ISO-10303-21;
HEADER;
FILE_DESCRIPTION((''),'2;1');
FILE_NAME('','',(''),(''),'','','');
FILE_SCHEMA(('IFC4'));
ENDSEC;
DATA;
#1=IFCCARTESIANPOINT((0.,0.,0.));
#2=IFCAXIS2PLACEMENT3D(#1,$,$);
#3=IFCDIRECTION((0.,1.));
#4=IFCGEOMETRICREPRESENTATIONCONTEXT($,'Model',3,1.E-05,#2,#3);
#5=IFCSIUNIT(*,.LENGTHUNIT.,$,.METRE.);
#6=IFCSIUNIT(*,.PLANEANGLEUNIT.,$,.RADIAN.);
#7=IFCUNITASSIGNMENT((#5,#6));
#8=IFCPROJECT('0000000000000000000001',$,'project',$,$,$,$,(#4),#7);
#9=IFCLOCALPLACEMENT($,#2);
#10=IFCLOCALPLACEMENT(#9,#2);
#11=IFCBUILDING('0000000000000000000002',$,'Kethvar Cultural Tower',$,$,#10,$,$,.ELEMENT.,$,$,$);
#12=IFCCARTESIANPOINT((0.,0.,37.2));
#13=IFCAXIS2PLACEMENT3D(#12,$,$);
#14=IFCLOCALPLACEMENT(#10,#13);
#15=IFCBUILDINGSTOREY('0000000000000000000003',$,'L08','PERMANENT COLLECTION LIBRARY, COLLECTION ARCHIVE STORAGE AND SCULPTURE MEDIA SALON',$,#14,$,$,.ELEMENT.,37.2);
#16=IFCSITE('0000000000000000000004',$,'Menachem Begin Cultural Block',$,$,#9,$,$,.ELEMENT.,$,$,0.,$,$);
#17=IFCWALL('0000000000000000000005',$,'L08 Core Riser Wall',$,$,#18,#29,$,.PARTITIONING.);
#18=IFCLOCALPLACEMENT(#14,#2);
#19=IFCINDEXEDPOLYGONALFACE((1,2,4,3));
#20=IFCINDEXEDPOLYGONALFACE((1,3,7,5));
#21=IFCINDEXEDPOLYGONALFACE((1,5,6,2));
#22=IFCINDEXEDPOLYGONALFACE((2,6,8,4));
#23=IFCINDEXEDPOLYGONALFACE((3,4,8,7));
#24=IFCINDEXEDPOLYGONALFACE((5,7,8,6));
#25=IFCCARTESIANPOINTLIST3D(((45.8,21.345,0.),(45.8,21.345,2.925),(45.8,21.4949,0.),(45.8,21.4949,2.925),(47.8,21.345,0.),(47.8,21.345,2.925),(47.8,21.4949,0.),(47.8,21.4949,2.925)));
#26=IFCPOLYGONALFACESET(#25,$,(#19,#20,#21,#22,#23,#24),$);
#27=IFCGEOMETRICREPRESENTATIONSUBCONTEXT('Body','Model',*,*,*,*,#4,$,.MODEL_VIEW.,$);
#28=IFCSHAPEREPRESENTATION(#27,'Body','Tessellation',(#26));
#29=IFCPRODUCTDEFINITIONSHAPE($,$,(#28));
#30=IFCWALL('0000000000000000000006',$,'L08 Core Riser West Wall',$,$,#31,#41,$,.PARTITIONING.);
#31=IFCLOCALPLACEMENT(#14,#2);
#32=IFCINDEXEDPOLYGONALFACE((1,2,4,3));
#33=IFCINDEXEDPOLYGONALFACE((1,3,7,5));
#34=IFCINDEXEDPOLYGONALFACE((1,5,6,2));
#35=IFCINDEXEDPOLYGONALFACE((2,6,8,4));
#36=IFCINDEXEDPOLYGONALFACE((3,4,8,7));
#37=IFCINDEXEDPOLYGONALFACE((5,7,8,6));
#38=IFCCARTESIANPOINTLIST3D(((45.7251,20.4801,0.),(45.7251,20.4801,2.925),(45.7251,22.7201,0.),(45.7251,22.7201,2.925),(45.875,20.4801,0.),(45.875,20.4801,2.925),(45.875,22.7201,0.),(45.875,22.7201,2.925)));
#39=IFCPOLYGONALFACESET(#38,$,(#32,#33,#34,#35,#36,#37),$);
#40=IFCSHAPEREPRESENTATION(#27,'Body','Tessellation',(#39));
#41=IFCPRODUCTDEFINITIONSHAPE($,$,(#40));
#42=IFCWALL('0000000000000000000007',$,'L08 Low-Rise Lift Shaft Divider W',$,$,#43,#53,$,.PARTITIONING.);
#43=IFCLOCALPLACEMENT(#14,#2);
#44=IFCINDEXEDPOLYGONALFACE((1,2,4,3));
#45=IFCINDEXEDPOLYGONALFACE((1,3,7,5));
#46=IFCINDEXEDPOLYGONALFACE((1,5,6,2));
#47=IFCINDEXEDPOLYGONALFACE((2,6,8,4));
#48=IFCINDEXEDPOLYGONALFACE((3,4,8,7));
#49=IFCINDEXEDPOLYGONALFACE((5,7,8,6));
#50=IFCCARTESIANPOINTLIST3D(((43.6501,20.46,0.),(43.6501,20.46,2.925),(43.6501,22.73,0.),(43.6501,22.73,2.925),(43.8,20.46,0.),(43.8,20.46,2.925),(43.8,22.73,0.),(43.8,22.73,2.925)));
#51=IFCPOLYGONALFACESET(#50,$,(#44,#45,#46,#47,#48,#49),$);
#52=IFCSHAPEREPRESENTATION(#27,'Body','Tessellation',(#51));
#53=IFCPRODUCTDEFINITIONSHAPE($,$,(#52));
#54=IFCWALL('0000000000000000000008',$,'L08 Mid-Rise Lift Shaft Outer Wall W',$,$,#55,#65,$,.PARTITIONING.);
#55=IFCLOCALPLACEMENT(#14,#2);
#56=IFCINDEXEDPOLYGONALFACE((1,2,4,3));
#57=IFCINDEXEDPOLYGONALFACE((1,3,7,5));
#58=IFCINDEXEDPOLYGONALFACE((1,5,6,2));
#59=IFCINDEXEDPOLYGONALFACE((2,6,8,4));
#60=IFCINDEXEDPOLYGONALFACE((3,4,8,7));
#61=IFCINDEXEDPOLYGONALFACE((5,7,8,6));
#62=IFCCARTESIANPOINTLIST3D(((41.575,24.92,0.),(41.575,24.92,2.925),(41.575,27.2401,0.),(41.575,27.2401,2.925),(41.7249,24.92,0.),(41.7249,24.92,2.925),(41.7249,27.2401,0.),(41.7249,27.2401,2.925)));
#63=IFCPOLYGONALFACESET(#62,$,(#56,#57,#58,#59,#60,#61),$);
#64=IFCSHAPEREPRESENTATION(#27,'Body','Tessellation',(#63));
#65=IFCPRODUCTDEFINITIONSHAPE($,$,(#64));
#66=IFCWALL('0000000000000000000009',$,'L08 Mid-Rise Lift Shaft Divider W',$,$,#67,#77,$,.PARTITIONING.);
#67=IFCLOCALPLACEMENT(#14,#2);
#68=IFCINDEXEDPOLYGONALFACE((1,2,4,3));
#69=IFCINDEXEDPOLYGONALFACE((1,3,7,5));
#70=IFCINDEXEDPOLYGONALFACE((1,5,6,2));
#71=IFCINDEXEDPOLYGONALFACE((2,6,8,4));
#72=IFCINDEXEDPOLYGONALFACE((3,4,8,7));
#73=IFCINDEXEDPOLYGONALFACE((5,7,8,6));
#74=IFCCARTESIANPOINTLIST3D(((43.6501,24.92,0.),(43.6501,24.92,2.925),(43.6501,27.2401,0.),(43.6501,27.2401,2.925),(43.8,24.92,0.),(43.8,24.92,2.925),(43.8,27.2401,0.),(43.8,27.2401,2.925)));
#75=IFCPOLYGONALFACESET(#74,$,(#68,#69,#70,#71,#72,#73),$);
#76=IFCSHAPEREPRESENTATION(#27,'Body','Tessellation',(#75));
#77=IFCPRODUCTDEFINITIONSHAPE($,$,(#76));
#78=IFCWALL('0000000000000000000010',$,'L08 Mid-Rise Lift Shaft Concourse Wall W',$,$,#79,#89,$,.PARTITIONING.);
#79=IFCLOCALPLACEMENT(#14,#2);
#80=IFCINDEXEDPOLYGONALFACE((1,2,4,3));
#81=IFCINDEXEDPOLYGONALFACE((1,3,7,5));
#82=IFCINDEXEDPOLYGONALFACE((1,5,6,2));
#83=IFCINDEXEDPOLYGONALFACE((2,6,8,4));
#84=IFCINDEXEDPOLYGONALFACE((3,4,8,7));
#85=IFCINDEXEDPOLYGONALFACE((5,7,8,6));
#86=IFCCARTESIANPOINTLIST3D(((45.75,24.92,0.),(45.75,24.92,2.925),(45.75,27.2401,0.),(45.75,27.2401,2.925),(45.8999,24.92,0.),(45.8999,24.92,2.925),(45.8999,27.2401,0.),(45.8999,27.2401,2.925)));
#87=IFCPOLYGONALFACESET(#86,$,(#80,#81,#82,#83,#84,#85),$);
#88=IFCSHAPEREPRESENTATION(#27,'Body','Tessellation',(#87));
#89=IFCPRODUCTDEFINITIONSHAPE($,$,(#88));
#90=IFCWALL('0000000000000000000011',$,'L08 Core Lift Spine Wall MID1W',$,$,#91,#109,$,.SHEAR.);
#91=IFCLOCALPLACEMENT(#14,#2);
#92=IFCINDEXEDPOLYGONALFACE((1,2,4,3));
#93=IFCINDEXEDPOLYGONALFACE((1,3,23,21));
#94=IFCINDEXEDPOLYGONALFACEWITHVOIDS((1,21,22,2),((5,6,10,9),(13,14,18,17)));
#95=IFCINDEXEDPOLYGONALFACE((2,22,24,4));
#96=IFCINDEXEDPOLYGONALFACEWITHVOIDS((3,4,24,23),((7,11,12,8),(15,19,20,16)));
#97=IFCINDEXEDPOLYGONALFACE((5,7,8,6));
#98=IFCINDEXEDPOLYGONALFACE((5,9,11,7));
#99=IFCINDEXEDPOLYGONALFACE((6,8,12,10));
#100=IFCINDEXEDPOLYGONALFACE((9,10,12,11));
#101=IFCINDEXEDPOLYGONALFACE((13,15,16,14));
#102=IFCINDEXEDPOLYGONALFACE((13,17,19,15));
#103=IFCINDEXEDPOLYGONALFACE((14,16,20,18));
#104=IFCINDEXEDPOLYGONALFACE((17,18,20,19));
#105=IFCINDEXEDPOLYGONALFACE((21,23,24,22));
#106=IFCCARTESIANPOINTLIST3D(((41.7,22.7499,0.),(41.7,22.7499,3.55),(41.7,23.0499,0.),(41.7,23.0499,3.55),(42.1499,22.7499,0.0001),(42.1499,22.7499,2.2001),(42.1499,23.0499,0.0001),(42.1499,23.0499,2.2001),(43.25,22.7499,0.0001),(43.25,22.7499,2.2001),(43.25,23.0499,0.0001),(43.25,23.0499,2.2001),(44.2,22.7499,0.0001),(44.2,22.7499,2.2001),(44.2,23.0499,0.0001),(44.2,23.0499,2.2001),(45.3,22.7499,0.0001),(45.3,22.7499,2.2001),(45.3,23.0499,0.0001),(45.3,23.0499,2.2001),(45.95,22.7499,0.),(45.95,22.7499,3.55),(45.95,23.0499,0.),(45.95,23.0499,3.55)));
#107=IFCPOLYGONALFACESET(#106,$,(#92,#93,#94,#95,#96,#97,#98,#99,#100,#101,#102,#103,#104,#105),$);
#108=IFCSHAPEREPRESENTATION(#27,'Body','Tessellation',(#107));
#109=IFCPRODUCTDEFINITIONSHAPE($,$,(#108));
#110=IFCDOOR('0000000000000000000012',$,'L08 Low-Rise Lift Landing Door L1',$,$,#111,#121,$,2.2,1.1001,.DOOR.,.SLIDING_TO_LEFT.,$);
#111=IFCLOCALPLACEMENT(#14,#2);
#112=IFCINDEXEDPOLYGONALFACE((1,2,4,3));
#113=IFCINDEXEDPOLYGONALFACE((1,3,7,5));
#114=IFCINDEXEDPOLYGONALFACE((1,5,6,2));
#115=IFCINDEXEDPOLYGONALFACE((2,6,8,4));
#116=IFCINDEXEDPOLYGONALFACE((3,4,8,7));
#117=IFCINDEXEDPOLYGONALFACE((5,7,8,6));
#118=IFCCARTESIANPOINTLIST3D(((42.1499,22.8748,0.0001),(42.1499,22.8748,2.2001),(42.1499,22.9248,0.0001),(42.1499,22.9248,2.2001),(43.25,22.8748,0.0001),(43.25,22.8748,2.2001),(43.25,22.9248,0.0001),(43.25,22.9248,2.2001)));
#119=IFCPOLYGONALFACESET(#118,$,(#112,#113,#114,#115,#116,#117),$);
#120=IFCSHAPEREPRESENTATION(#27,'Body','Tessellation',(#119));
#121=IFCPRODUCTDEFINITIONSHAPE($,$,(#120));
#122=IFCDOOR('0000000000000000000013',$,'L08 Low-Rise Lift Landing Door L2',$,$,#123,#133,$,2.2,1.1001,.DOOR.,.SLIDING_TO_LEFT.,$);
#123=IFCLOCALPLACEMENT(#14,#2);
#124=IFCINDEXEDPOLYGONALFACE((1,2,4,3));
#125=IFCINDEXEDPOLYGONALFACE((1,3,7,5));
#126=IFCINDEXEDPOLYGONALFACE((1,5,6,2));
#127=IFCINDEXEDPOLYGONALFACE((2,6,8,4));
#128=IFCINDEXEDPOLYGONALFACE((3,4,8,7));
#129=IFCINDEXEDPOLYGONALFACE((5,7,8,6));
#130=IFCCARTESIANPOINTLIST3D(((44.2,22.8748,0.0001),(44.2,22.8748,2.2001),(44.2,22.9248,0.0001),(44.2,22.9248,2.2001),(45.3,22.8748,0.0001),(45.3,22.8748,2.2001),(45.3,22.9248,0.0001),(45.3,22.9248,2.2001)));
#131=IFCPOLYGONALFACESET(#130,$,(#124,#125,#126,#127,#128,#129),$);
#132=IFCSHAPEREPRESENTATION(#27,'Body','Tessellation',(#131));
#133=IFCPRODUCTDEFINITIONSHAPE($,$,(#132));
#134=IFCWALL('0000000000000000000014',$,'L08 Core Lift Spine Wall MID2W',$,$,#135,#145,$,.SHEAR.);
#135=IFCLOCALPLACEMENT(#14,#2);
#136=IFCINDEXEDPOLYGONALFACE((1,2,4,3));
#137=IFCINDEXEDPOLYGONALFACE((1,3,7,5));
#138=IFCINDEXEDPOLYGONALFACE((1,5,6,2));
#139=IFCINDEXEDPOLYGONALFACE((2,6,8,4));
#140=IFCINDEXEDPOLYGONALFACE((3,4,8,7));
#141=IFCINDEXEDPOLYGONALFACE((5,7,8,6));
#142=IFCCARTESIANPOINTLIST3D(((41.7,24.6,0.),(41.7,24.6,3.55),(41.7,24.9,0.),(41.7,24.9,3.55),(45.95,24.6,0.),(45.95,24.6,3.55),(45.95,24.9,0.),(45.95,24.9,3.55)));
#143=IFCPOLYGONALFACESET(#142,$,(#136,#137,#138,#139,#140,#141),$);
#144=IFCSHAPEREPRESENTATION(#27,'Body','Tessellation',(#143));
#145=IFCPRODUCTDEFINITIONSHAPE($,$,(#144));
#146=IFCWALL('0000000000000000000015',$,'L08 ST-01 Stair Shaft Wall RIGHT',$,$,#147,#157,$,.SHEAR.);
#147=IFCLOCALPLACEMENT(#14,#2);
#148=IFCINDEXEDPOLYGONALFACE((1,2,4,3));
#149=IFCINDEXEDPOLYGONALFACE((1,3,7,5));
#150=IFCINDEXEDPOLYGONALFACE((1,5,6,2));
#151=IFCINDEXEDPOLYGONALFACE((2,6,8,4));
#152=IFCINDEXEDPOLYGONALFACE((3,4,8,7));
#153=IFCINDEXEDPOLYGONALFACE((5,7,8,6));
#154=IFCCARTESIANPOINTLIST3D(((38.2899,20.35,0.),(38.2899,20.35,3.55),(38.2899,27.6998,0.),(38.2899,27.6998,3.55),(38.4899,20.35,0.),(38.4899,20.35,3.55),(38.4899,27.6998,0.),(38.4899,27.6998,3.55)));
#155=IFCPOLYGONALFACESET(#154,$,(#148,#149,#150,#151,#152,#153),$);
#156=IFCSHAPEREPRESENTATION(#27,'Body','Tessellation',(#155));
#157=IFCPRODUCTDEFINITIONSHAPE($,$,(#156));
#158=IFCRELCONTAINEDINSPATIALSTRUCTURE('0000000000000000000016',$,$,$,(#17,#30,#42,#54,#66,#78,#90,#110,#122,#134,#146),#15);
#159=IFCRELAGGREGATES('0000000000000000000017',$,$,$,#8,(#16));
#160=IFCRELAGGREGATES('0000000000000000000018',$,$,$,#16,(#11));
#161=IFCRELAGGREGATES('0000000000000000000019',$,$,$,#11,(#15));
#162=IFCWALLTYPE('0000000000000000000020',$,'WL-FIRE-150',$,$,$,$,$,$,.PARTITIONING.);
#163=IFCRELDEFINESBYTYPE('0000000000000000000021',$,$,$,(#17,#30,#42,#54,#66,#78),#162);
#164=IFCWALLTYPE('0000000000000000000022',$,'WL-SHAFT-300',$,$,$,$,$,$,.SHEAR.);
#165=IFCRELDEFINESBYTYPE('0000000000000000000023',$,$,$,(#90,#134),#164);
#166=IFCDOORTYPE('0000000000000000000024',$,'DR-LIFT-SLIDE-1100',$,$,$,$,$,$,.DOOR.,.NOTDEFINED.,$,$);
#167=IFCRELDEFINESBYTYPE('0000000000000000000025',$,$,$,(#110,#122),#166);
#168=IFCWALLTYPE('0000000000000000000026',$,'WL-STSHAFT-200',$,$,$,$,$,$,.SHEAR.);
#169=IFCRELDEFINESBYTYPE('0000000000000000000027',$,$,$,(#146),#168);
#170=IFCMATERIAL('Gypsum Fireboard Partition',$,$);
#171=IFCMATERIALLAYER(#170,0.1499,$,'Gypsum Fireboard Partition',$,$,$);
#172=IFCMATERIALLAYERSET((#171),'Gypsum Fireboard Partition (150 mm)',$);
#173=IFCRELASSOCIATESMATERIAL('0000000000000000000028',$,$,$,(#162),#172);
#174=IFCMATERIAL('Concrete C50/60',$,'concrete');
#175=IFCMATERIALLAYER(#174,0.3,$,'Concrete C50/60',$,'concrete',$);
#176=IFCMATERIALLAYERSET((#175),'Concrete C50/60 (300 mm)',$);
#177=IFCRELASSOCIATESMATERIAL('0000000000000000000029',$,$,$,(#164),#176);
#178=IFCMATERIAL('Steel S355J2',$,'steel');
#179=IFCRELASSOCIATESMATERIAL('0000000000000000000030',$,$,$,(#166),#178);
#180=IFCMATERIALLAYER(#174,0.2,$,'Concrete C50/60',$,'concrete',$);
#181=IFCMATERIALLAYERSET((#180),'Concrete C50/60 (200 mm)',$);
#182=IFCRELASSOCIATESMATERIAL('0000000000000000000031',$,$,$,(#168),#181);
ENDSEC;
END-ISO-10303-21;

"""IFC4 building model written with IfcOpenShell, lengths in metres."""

from ifc_helpers import new_model, si_unit, direction, frame, frame_2d, origin, place, context, subcontext, project, spatial, rectangle, extrude, source, transform, mapped, material, layer, layer_set, type_object, element, fill, save


model = new_model("IFC4")

# Units and contexts
model_context = context("Model", 3, precision=1e-05, world=origin(), true_north=direction((0.0, 1.0)))
body_context = subcontext(model_context, "Body", "Model", "MODEL_VIEW")
ifc_project = project(units=[si_unit("LENGTHUNIT", "METRE"), si_unit("PLANEANGLEUNIT", "RADIAN")], contexts=[model_context])

# Site, building, storey
site_placement = place(None, origin())
site = spatial("IfcSite", under=ifc_project, at=site_placement, Name="Menachem Begin Cultural Block", CompositionType="ELEMENT", RefElevation=0.0)
building_placement = place(site_placement, origin())
building = spatial("IfcBuilding", under=site, at=building_placement, Name="Kethvar Cultural Tower", CompositionType="ELEMENT")
storey_placement = place(building_placement, frame((0.0, 0.0, 37.2)))
storey = spatial("IfcBuildingStorey", under=building, at=storey_placement, Name="L08", Description="PERMANENT COLLECTION LIBRARY, COLLECTION ARCHIVE STORAGE AND SCULPTURE MEDIA SALON", CompositionType="ELEMENT", Elevation=37.2)

# Shared definitions
ifc_material_1 = material(Name="Steel S355J2", Category="steel")

# Walls
ifc_material_2 = material(Name="Gypsum Fireboard Partition")
ifc_layer_1 = layer(ifc_material_2, 0.1499, Name="Gypsum Fireboard Partition")
ifc_layer_set_1 = layer_set([ifc_layer_1], Name="Gypsum Fireboard Partition (150 mm)")
wall_type_1 = type_object("IfcWallType", Name="WL-FIRE-150", PredefinedType="PARTITIONING", material=ifc_layer_set_1)
wall_1_placement = place(storey_placement, frame((45.8, 21.4199, 0.0), z_axis=(0.0, 0.0, 1.0), x_axis=(1.0, 0.0, 0.0)))
element("IfcWall", 1, at=wall_1_placement, inside=storey, type_object=wall_type_1, Name="L08 Core Riser Wall", PredefinedType="PARTITIONING", context=body_context, shape_type="SweptSolid", body=[
    extrude(rectangle(XDim=2.0, YDim=0.1499, at=frame_2d((1.0, 0.0))), origin(), (0.0, 0.0, 1.0), 2.925),
])
wall_2_placement = place(storey_placement, frame((45.8, 20.48, 0.0), z_axis=(0.0, 0.0, 1.0), x_axis=(0.0, 1.0, 0.0)))
element("IfcWall", 2, at=wall_2_placement, inside=storey, type_object=wall_type_1, Name="L08 Core Riser West Wall", PredefinedType="PARTITIONING", context=body_context, shape_type="SweptSolid", body=[
    extrude(rectangle(XDim=2.24, YDim=0.1499, at=frame_2d((1.1201, 0.0))), origin(), (0.0, 0.0, 1.0), 2.925),
])
wall_3_placement = place(storey_placement, frame((43.7251, 20.46, 0.0), z_axis=(0.0, 0.0, 1.0), x_axis=(0.0, 1.0, 0.0)))
element("IfcWall", 3, at=wall_3_placement, inside=storey, type_object=wall_type_1, Name="L08 Low-Rise Lift Shaft Divider W", PredefinedType="PARTITIONING", context=body_context, shape_type="SweptSolid", body=[
    extrude(rectangle(XDim=2.27, YDim=0.1499, at=frame_2d((1.135, 0.0))), origin(), (0.0, 0.0, 1.0), 2.925),
])
for number, where, z_axis, x_axis, name in (
    (4, (41.6499, 24.9199, 0.0), (0.0, 0.0, 1.0), (0.0, 1.0, 0.0), "L08 Mid-Rise Lift Shaft Outer Wall W"),
    (5, (43.7251, 24.9199, 0.0), (0.0, 0.0, 1.0), (0.0, 1.0, 0.0), "L08 Mid-Rise Lift Shaft Divider W"),
    (6, (45.825, 24.9199, 0.0), (0.0, 0.0, 1.0), (0.0, 1.0, 0.0), "L08 Mid-Rise Lift Shaft Concourse Wall W"),
):
    element("IfcWall", number, at=place(storey_placement, frame(where, z_axis=z_axis, x_axis=x_axis)), inside=storey, type_object=wall_type_1, Name=name, PredefinedType="PARTITIONING", context=body_context, shape_type="SweptSolid", body=[
        extrude(rectangle(XDim=2.3201, YDim=0.1499, at=frame_2d((1.1602, 0.0))), origin(), (0.0, 0.0, 1.0), 2.925),
    ])

# Wall, openings, doors
ifc_material_3 = material(Name="Concrete C50/60", Category="concrete")
ifc_layer_2 = layer(ifc_material_3, 0.3, Name="Concrete C50/60", Category="concrete")
ifc_layer_set_2 = layer_set([ifc_layer_2], Name="Concrete C50/60 (300 mm)")
wall_type_2 = type_object("IfcWallType", Name="WL-SHAFT-300", PredefinedType="SHEAR", material=ifc_layer_set_2)
wall_4_placement = place(storey_placement, frame((41.7, 22.8999, 0.0), z_axis=(0.0, 0.0, 1.0), x_axis=(1.0, 0.0, 0.0)))
wall_4 = element("IfcWall", 7, at=wall_4_placement, inside=storey, type_object=wall_type_2, Name="L08 Core Lift Spine Wall MID1W", PredefinedType="SHEAR", context=body_context, shape_type="SweptSolid", body=[
    extrude(rectangle(XDim=4.25, YDim=0.3, at=frame_2d((2.125, 0.0))), origin(), (0.0, 0.0, 1.0), 3.55),
])
opening_1_placement = place(wall_4_placement, frame((0.45, 0.0, 0.0)))
opening_1 = element("IfcOpeningElement", 8, at=opening_1_placement, cuts=wall_4, PredefinedType="OPENING", context=body_context, shape_type="SweptSolid", body=[
    extrude(rectangle(XDim=1.1001, YDim=2.2, at=frame_2d((0.55, 1.1001))), frame((0.0, 0.1599, 0.0), z_axis=(0.0, -1.0, 0.0), x_axis=(1.0, 0.0, 0.0)), (0.0, 0.0, 1.0), 0.3201),
])
opening_2_placement = place(wall_4_placement, frame((2.5, 0.0, 0.0)))
opening_2 = element("IfcOpeningElement", 9, at=opening_2_placement, cuts=wall_4, PredefinedType="OPENING", context=body_context, shape_type="SweptSolid", body=[
    extrude(rectangle(XDim=1.1001, YDim=2.2, at=frame_2d((0.55, 1.1001))), frame((0.0, 0.1599, 0.0), z_axis=(0.0, -1.0, 0.0), x_axis=(1.0, 0.0, 0.0)), (0.0, 0.0, 1.0), 0.3201),
])
door_type = type_object("IfcDoorType", Name="DR-LIFT-SLIDE-1100", OperationType="NOTDEFINED", PredefinedType="DOOR", material=ifc_material_1)
shared_shape_1 = source(origin(), body_context, "Body", "SweptSolid", [
    extrude(rectangle(XDim=1.1001, YDim=2.2, at=frame_2d((0.55, 1.1001))), frame((0.0, 0.0249, 0.0), z_axis=(0.0, -1.0, 0.0), x_axis=(1.0, 0.0, 0.0)), (0.0, 0.0, 1.0), 0.05),
])
door_1_placement = place(opening_1_placement, origin())
door_1 = element("IfcDoor", 10, at=door_1_placement, inside=storey, type_object=door_type, Name="L08 Low-Rise Lift Landing Door L1", OperationType="SLIDING_TO_LEFT", OverallHeight=2.2, OverallWidth=1.1001, PredefinedType="DOOR", context=body_context, shape_type="MappedRepresentation", body=[
    mapped(shared_shape_1, transform((0.0, 0.0, 0.0), scale=1.0)),
])
fill(opening_1, door_1)
door_2_placement = place(opening_2_placement, origin())
door_2 = element("IfcDoor", 11, at=door_2_placement, inside=storey, type_object=door_type, Name="L08 Low-Rise Lift Landing Door L2", OperationType="SLIDING_TO_LEFT", OverallHeight=2.2, OverallWidth=1.1001, PredefinedType="DOOR", context=body_context, shape_type="MappedRepresentation", body=[
    mapped(shared_shape_1, transform((0.0, 0.0, 0.0), scale=1.0)),
])
fill(opening_2, door_2)

# Walls
wall_5_placement = place(storey_placement, frame((41.7, 24.75, 0.0), z_axis=(0.0, 0.0, 1.0), x_axis=(1.0, 0.0, 0.0)))
element("IfcWall", 12, at=wall_5_placement, inside=storey, type_object=wall_type_2, Name="L08 Core Lift Spine Wall MID2W", PredefinedType="SHEAR", context=body_context, shape_type="SweptSolid", body=[
    extrude(rectangle(XDim=4.25, YDim=0.3, at=frame_2d((2.125, 0.0))), origin(), (0.0, 0.0, 1.0), 3.55),
])
ifc_layer_3 = layer(ifc_material_3, 0.2, Name="Concrete C50/60", Category="concrete")
ifc_layer_set_3 = layer_set([ifc_layer_3], Name="Concrete C50/60 (200 mm)")
wall_type_3 = type_object("IfcWallType", Name="WL-STSHAFT-200", PredefinedType="SHEAR", material=ifc_layer_set_3)
wall_6_placement = place(storey_placement, frame((38.3899, 20.3501, 0.0), z_axis=(0.0, 0.0, 1.0), x_axis=(0.0, 1.0, 0.0)))
element("IfcWall", 13, at=wall_6_placement, inside=storey, type_object=wall_type_3, Name="L08 ST-01 Stair Shaft Wall RIGHT", PredefinedType="SHEAR", context=body_context, shape_type="SweptSolid", body=[
    extrude(rectangle(XDim=7.3499, YDim=0.2, at=frame_2d((3.6748, 0.0))), origin(), (0.0, 0.0, 1.0), 3.55),
])

save(model, "model.ifc")
